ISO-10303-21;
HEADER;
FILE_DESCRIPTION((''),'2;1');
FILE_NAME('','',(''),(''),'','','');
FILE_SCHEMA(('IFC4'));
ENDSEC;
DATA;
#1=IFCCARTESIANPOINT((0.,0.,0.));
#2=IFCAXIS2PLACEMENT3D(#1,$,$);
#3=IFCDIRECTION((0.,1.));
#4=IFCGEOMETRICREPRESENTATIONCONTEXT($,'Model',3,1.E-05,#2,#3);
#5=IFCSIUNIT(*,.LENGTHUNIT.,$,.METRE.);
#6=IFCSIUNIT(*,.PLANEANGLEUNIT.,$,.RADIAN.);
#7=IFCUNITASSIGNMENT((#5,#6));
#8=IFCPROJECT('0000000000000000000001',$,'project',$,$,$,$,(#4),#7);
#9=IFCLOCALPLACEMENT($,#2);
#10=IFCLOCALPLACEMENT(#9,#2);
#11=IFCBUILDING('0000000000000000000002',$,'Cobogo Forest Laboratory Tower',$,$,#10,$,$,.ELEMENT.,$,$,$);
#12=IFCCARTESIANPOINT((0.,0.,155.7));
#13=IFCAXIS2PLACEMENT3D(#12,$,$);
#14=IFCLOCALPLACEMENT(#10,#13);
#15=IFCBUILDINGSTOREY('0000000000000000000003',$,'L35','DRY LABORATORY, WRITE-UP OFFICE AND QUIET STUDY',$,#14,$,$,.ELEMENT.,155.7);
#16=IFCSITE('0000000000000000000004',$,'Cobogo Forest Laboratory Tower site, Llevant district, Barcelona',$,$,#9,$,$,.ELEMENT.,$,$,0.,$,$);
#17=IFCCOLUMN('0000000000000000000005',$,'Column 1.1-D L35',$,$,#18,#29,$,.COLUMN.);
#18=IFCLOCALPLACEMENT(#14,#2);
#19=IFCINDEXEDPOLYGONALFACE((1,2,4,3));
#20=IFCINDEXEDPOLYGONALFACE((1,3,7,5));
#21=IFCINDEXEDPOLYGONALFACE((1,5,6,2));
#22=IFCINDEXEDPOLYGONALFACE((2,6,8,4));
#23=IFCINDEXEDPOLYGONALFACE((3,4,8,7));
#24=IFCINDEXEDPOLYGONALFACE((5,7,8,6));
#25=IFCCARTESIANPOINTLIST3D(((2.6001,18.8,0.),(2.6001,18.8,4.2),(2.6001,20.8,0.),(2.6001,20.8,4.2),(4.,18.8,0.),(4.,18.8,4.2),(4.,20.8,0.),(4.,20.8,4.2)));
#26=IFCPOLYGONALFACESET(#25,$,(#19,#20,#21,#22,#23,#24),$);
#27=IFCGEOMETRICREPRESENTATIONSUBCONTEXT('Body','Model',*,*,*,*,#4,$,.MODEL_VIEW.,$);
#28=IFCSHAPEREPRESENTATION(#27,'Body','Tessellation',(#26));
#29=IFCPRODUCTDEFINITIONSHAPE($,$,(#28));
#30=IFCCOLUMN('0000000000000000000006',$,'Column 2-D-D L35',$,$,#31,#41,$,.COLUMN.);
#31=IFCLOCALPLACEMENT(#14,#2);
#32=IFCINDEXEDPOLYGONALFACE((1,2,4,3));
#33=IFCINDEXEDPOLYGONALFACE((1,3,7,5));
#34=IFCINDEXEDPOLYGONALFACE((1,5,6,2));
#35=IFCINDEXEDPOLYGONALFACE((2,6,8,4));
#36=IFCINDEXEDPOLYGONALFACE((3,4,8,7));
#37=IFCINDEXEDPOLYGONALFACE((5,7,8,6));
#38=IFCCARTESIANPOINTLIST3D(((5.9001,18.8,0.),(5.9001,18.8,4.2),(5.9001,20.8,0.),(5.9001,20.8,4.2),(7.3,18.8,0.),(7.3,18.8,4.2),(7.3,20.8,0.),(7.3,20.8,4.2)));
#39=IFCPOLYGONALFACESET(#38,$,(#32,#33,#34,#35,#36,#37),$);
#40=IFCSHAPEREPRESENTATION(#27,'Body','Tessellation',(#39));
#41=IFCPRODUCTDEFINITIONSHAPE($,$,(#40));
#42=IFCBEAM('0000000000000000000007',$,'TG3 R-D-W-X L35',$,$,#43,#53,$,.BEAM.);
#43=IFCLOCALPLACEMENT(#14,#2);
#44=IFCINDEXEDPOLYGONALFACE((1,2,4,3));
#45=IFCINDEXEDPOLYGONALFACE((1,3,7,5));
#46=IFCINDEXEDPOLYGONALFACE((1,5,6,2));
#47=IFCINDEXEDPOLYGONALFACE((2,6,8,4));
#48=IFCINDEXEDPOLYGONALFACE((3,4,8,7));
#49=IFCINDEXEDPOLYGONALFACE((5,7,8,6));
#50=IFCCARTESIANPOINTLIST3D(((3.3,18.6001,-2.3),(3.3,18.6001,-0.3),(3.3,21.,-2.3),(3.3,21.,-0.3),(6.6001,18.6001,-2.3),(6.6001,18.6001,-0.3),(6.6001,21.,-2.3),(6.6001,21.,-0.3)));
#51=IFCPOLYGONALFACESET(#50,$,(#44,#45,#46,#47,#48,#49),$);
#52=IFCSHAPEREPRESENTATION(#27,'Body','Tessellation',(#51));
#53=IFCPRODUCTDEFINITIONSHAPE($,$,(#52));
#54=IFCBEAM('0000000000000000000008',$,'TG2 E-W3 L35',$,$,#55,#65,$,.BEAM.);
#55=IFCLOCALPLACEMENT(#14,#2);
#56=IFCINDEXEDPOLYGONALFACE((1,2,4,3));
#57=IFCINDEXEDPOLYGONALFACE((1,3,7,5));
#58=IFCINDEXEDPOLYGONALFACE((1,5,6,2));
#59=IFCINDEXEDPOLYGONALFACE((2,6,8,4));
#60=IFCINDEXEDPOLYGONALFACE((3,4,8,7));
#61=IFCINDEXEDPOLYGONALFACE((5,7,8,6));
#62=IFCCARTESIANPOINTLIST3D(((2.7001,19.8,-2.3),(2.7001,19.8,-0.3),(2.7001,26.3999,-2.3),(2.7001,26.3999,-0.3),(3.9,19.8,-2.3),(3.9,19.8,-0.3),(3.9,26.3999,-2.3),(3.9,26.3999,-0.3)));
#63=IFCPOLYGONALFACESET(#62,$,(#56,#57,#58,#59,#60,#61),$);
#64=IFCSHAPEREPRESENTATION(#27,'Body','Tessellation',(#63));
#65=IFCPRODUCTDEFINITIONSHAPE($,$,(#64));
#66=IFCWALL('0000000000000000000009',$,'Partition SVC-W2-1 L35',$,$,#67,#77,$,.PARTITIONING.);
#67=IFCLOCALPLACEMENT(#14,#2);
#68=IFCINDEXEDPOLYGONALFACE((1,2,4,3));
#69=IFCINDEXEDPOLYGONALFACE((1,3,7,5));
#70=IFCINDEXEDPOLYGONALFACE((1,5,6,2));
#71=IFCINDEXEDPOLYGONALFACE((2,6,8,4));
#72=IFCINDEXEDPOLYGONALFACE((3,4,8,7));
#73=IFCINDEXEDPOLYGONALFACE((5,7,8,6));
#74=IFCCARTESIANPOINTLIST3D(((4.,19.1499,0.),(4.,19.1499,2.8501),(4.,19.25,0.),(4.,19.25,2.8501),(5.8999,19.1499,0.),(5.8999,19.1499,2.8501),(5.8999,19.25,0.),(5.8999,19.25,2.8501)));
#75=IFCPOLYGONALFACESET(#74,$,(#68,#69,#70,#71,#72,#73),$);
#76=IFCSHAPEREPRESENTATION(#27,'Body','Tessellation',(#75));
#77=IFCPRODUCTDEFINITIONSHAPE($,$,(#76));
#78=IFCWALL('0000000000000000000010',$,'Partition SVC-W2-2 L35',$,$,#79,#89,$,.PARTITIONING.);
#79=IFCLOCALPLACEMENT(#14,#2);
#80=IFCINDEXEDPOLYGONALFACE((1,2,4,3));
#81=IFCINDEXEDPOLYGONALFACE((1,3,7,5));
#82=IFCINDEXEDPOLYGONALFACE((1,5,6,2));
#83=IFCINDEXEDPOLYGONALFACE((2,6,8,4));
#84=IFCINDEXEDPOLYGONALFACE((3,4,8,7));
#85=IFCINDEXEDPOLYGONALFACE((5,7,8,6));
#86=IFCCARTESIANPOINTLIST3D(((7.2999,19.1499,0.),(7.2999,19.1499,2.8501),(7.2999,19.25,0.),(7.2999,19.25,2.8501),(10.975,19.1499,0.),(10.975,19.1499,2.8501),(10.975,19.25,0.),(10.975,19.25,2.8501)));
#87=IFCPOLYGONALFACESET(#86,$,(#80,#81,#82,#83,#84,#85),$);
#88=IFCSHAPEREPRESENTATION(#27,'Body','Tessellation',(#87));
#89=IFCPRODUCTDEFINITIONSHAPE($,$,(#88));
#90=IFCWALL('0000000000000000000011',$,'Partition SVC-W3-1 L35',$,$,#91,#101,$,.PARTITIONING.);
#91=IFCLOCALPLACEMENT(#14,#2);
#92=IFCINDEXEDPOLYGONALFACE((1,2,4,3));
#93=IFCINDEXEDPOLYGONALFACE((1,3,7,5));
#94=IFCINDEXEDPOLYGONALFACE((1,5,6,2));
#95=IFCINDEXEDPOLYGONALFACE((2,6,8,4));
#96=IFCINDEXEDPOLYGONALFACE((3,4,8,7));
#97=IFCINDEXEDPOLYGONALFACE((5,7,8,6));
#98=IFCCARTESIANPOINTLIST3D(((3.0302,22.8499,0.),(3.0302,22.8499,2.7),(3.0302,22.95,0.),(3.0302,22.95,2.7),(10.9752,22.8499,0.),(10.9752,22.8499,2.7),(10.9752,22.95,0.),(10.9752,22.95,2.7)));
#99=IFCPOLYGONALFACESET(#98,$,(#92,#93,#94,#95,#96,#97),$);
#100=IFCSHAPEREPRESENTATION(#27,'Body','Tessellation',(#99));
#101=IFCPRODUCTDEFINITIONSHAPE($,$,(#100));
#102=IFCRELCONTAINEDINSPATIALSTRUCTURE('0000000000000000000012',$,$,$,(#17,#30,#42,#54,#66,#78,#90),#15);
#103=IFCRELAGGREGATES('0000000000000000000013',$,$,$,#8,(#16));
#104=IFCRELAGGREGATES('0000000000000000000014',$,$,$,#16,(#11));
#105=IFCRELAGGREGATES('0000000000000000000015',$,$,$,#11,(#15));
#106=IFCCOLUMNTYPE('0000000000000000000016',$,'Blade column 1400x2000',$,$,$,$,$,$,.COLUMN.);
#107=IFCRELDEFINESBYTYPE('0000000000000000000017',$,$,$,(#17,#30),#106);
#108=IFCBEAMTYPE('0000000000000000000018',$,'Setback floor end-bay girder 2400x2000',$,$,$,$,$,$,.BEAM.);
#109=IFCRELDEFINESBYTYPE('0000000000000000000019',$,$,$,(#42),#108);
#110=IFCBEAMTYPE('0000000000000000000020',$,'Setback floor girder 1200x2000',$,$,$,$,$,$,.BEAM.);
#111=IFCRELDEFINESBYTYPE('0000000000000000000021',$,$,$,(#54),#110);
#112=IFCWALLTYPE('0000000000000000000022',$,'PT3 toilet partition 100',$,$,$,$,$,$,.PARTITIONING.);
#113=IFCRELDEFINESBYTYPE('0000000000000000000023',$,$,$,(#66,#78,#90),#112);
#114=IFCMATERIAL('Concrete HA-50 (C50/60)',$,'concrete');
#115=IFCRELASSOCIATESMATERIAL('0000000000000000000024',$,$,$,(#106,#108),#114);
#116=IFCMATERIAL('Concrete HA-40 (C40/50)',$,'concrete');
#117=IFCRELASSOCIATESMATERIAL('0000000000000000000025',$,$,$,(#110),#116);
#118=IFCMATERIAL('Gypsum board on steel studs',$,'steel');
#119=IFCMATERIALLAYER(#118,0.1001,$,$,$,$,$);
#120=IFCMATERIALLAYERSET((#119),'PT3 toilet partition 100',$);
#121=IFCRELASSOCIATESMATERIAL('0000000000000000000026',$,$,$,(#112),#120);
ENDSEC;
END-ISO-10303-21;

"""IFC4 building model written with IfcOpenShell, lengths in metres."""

from ifc_helpers import new_model, si_unit, direction, frame, frame_2d, origin, origin_2d, place, context, subcontext, project, spatial, rectangle, extrude, material, layer, layer_set, material_profile, profile_set, type_object, element, save


model = new_model("IFC4")

# Units and contexts
model_context = context("Model", 3, precision=1e-05, world=origin(), true_north=direction((0.0, 1.0)))
body_context = subcontext(model_context, "Body", "Model", "MODEL_VIEW")
ifc_project = project(units=[si_unit("LENGTHUNIT", "METRE"), si_unit("PLANEANGLEUNIT", "RADIAN")], contexts=[model_context])

# Site, building, storey
site_placement = place(None, origin())
site = spatial("IfcSite", under=ifc_project, at=site_placement, Name="Cobogo Forest Laboratory Tower site, Llevant district, Barcelona", CompositionType="ELEMENT", RefElevation=0.0)
building_placement = place(site_placement, origin())
building = spatial("IfcBuilding", under=site, at=building_placement, Name="Cobogo Forest Laboratory Tower", CompositionType="ELEMENT")
storey_placement = place(building_placement, frame((0.0, 0.0, 155.7)))
storey = spatial("IfcBuildingStorey", under=building, at=storey_placement, Name="L35", Description="DRY LABORATORY, WRITE-UP OFFICE AND QUIET STUDY", CompositionType="ELEMENT", Elevation=155.7)

# Columns
ifc_material_1 = material(Name="Concrete HA-50 (C50/60)", Category="concrete")
ifc_material_profile_1 = material_profile(ifc_material_1, rectangle(XDim=2.0, YDim=1.3999, at=origin_2d()), Name="RC 1400x2000")
ifc_profile_set_1 = profile_set([ifc_material_profile_1], Name="Concrete HA-50 (C50/60)")
column_type = type_object("IfcColumnType", Name="Blade column 1400x2000", PredefinedType="COLUMN", material=ifc_profile_set_1)
for number, where, z_axis, x_axis, name in (
    (1, (3.3, 19.8, 0.0), (0.0, 0.0, 1.0), (0.0, 1.0, 0.0), "Column 1.1-D L35"),
    (2, (6.6001, 19.8, 0.0), (0.0, 0.0, 1.0), (0.0, 1.0, 0.0), "Column 2-D-D L35"),
):
    element("IfcColumn", number, at=place(storey_placement, frame(where, z_axis=z_axis, x_axis=x_axis)), inside=storey, type_object=column_type, Name=name, PredefinedType="COLUMN", context=body_context, shape_type="SweptSolid", body=[
        extrude(rectangle(XDim=2.0, YDim=1.3999, at=origin_2d()), origin(), (0.0, 0.0, 1.0), 4.2),
    ])

# Beams
ifc_material_profile_2 = material_profile(ifc_material_1, rectangle(XDim=2.3999, YDim=2.0, at=origin_2d()), Name="RC 2400x2000")
ifc_profile_set_2 = profile_set([ifc_material_profile_2], Name="Concrete HA-50 (C50/60)")
beam_type_1 = type_object("IfcBeamType", Name="Setback floor end-bay girder 2400x2000", PredefinedType="BEAM", material=ifc_profile_set_2)
beam_1_placement = place(storey_placement, frame((3.3, 19.8, -1.3), z_axis=(1.0, 0.0, 0.0), x_axis=(0.0, 1.0, 0.0)))
element("IfcBeam", 3, at=beam_1_placement, inside=storey, type_object=beam_type_1, Name="TG3 R-D-W-X L35", PredefinedType="BEAM", context=body_context, shape_type="SweptSolid", body=[
    extrude(rectangle(XDim=2.3999, YDim=2.0, at=origin_2d()), origin(), (0.0, 0.0, 1.0), 3.3),
])
ifc_material_2 = material(Name="Concrete HA-40 (C40/50)", Category="concrete")
ifc_material_profile_3 = material_profile(ifc_material_2, rectangle(XDim=1.2, YDim=2.0, at=origin_2d()), Name="RC 1200x2000")
ifc_profile_set_3 = profile_set([ifc_material_profile_3], Name="Concrete HA-40 (C40/50)")
beam_type_2 = type_object("IfcBeamType", Name="Setback floor girder 1200x2000", PredefinedType="BEAM", material=ifc_profile_set_3)
beam_2_placement = place(storey_placement, frame((3.3, 19.8, -1.3), z_axis=(0.0, 1.0, 0.0), x_axis=(-1.0, 0.0, 0.0)))
element("IfcBeam", 4, at=beam_2_placement, inside=storey, type_object=beam_type_2, Name="TG2 E-W3 L35", PredefinedType="BEAM", context=body_context, shape_type="SweptSolid", body=[
    extrude(rectangle(XDim=1.2, YDim=2.0, at=origin_2d()), origin(), (0.0, 0.0, 1.0), 6.5999),
])

# Walls
ifc_material_3 = material(Name="Gypsum board on steel studs", Category="steel")
ifc_layer = layer(ifc_material_3, 0.1001)
ifc_layer_set = layer_set([ifc_layer], Name="PT3 toilet partition 100")
wall_type = type_object("IfcWallType", Name="PT3 toilet partition 100", PredefinedType="PARTITIONING", material=ifc_layer_set)
wall_1_placement = place(storey_placement, frame((4.0, 19.2, 0.0), z_axis=(0.0, 0.0, 1.0), x_axis=(1.0, 0.0, 0.0)))
element("IfcWall", 5, at=wall_1_placement, inside=storey, type_object=wall_type, Name="Partition SVC-W2-1 L35", PredefinedType="PARTITIONING", context=body_context, shape_type="SweptSolid", body=[
    extrude(rectangle(XDim=1.8999, YDim=0.1001, at=frame_2d((0.95, 0.0))), origin(), (0.0, 0.0, 1.0), 2.8501),
])
wall_2_placement = place(storey_placement, frame((7.3, 19.2, 0.0), z_axis=(0.0, 0.0, 1.0), x_axis=(1.0, 0.0, 0.0)))
element("IfcWall", 6, at=wall_2_placement, inside=storey, type_object=wall_type, Name="Partition SVC-W2-2 L35", PredefinedType="PARTITIONING", context=body_context, shape_type="SweptSolid", body=[
    extrude(rectangle(XDim=3.675, YDim=0.1001, at=frame_2d((1.8374, 0.0))), origin(), (0.0, 0.0, 1.0), 2.8501),
])
wall_3_placement = place(storey_placement, frame((3.03, 22.8999, 0.0), z_axis=(0.0, 0.0, 1.0), x_axis=(1.0, 0.0, 0.0)))
element("IfcWall", 7, at=wall_3_placement, inside=storey, type_object=wall_type, Name="Partition SVC-W3-1 L35", PredefinedType="PARTITIONING", context=body_context, shape_type="SweptSolid", body=[
    extrude(rectangle(XDim=7.9451, YDim=0.1001, at=frame_2d((3.9727, 0.0))), origin(), (0.0, 0.0, 1.0), 2.7),
])

save(model, "model.ifc")
